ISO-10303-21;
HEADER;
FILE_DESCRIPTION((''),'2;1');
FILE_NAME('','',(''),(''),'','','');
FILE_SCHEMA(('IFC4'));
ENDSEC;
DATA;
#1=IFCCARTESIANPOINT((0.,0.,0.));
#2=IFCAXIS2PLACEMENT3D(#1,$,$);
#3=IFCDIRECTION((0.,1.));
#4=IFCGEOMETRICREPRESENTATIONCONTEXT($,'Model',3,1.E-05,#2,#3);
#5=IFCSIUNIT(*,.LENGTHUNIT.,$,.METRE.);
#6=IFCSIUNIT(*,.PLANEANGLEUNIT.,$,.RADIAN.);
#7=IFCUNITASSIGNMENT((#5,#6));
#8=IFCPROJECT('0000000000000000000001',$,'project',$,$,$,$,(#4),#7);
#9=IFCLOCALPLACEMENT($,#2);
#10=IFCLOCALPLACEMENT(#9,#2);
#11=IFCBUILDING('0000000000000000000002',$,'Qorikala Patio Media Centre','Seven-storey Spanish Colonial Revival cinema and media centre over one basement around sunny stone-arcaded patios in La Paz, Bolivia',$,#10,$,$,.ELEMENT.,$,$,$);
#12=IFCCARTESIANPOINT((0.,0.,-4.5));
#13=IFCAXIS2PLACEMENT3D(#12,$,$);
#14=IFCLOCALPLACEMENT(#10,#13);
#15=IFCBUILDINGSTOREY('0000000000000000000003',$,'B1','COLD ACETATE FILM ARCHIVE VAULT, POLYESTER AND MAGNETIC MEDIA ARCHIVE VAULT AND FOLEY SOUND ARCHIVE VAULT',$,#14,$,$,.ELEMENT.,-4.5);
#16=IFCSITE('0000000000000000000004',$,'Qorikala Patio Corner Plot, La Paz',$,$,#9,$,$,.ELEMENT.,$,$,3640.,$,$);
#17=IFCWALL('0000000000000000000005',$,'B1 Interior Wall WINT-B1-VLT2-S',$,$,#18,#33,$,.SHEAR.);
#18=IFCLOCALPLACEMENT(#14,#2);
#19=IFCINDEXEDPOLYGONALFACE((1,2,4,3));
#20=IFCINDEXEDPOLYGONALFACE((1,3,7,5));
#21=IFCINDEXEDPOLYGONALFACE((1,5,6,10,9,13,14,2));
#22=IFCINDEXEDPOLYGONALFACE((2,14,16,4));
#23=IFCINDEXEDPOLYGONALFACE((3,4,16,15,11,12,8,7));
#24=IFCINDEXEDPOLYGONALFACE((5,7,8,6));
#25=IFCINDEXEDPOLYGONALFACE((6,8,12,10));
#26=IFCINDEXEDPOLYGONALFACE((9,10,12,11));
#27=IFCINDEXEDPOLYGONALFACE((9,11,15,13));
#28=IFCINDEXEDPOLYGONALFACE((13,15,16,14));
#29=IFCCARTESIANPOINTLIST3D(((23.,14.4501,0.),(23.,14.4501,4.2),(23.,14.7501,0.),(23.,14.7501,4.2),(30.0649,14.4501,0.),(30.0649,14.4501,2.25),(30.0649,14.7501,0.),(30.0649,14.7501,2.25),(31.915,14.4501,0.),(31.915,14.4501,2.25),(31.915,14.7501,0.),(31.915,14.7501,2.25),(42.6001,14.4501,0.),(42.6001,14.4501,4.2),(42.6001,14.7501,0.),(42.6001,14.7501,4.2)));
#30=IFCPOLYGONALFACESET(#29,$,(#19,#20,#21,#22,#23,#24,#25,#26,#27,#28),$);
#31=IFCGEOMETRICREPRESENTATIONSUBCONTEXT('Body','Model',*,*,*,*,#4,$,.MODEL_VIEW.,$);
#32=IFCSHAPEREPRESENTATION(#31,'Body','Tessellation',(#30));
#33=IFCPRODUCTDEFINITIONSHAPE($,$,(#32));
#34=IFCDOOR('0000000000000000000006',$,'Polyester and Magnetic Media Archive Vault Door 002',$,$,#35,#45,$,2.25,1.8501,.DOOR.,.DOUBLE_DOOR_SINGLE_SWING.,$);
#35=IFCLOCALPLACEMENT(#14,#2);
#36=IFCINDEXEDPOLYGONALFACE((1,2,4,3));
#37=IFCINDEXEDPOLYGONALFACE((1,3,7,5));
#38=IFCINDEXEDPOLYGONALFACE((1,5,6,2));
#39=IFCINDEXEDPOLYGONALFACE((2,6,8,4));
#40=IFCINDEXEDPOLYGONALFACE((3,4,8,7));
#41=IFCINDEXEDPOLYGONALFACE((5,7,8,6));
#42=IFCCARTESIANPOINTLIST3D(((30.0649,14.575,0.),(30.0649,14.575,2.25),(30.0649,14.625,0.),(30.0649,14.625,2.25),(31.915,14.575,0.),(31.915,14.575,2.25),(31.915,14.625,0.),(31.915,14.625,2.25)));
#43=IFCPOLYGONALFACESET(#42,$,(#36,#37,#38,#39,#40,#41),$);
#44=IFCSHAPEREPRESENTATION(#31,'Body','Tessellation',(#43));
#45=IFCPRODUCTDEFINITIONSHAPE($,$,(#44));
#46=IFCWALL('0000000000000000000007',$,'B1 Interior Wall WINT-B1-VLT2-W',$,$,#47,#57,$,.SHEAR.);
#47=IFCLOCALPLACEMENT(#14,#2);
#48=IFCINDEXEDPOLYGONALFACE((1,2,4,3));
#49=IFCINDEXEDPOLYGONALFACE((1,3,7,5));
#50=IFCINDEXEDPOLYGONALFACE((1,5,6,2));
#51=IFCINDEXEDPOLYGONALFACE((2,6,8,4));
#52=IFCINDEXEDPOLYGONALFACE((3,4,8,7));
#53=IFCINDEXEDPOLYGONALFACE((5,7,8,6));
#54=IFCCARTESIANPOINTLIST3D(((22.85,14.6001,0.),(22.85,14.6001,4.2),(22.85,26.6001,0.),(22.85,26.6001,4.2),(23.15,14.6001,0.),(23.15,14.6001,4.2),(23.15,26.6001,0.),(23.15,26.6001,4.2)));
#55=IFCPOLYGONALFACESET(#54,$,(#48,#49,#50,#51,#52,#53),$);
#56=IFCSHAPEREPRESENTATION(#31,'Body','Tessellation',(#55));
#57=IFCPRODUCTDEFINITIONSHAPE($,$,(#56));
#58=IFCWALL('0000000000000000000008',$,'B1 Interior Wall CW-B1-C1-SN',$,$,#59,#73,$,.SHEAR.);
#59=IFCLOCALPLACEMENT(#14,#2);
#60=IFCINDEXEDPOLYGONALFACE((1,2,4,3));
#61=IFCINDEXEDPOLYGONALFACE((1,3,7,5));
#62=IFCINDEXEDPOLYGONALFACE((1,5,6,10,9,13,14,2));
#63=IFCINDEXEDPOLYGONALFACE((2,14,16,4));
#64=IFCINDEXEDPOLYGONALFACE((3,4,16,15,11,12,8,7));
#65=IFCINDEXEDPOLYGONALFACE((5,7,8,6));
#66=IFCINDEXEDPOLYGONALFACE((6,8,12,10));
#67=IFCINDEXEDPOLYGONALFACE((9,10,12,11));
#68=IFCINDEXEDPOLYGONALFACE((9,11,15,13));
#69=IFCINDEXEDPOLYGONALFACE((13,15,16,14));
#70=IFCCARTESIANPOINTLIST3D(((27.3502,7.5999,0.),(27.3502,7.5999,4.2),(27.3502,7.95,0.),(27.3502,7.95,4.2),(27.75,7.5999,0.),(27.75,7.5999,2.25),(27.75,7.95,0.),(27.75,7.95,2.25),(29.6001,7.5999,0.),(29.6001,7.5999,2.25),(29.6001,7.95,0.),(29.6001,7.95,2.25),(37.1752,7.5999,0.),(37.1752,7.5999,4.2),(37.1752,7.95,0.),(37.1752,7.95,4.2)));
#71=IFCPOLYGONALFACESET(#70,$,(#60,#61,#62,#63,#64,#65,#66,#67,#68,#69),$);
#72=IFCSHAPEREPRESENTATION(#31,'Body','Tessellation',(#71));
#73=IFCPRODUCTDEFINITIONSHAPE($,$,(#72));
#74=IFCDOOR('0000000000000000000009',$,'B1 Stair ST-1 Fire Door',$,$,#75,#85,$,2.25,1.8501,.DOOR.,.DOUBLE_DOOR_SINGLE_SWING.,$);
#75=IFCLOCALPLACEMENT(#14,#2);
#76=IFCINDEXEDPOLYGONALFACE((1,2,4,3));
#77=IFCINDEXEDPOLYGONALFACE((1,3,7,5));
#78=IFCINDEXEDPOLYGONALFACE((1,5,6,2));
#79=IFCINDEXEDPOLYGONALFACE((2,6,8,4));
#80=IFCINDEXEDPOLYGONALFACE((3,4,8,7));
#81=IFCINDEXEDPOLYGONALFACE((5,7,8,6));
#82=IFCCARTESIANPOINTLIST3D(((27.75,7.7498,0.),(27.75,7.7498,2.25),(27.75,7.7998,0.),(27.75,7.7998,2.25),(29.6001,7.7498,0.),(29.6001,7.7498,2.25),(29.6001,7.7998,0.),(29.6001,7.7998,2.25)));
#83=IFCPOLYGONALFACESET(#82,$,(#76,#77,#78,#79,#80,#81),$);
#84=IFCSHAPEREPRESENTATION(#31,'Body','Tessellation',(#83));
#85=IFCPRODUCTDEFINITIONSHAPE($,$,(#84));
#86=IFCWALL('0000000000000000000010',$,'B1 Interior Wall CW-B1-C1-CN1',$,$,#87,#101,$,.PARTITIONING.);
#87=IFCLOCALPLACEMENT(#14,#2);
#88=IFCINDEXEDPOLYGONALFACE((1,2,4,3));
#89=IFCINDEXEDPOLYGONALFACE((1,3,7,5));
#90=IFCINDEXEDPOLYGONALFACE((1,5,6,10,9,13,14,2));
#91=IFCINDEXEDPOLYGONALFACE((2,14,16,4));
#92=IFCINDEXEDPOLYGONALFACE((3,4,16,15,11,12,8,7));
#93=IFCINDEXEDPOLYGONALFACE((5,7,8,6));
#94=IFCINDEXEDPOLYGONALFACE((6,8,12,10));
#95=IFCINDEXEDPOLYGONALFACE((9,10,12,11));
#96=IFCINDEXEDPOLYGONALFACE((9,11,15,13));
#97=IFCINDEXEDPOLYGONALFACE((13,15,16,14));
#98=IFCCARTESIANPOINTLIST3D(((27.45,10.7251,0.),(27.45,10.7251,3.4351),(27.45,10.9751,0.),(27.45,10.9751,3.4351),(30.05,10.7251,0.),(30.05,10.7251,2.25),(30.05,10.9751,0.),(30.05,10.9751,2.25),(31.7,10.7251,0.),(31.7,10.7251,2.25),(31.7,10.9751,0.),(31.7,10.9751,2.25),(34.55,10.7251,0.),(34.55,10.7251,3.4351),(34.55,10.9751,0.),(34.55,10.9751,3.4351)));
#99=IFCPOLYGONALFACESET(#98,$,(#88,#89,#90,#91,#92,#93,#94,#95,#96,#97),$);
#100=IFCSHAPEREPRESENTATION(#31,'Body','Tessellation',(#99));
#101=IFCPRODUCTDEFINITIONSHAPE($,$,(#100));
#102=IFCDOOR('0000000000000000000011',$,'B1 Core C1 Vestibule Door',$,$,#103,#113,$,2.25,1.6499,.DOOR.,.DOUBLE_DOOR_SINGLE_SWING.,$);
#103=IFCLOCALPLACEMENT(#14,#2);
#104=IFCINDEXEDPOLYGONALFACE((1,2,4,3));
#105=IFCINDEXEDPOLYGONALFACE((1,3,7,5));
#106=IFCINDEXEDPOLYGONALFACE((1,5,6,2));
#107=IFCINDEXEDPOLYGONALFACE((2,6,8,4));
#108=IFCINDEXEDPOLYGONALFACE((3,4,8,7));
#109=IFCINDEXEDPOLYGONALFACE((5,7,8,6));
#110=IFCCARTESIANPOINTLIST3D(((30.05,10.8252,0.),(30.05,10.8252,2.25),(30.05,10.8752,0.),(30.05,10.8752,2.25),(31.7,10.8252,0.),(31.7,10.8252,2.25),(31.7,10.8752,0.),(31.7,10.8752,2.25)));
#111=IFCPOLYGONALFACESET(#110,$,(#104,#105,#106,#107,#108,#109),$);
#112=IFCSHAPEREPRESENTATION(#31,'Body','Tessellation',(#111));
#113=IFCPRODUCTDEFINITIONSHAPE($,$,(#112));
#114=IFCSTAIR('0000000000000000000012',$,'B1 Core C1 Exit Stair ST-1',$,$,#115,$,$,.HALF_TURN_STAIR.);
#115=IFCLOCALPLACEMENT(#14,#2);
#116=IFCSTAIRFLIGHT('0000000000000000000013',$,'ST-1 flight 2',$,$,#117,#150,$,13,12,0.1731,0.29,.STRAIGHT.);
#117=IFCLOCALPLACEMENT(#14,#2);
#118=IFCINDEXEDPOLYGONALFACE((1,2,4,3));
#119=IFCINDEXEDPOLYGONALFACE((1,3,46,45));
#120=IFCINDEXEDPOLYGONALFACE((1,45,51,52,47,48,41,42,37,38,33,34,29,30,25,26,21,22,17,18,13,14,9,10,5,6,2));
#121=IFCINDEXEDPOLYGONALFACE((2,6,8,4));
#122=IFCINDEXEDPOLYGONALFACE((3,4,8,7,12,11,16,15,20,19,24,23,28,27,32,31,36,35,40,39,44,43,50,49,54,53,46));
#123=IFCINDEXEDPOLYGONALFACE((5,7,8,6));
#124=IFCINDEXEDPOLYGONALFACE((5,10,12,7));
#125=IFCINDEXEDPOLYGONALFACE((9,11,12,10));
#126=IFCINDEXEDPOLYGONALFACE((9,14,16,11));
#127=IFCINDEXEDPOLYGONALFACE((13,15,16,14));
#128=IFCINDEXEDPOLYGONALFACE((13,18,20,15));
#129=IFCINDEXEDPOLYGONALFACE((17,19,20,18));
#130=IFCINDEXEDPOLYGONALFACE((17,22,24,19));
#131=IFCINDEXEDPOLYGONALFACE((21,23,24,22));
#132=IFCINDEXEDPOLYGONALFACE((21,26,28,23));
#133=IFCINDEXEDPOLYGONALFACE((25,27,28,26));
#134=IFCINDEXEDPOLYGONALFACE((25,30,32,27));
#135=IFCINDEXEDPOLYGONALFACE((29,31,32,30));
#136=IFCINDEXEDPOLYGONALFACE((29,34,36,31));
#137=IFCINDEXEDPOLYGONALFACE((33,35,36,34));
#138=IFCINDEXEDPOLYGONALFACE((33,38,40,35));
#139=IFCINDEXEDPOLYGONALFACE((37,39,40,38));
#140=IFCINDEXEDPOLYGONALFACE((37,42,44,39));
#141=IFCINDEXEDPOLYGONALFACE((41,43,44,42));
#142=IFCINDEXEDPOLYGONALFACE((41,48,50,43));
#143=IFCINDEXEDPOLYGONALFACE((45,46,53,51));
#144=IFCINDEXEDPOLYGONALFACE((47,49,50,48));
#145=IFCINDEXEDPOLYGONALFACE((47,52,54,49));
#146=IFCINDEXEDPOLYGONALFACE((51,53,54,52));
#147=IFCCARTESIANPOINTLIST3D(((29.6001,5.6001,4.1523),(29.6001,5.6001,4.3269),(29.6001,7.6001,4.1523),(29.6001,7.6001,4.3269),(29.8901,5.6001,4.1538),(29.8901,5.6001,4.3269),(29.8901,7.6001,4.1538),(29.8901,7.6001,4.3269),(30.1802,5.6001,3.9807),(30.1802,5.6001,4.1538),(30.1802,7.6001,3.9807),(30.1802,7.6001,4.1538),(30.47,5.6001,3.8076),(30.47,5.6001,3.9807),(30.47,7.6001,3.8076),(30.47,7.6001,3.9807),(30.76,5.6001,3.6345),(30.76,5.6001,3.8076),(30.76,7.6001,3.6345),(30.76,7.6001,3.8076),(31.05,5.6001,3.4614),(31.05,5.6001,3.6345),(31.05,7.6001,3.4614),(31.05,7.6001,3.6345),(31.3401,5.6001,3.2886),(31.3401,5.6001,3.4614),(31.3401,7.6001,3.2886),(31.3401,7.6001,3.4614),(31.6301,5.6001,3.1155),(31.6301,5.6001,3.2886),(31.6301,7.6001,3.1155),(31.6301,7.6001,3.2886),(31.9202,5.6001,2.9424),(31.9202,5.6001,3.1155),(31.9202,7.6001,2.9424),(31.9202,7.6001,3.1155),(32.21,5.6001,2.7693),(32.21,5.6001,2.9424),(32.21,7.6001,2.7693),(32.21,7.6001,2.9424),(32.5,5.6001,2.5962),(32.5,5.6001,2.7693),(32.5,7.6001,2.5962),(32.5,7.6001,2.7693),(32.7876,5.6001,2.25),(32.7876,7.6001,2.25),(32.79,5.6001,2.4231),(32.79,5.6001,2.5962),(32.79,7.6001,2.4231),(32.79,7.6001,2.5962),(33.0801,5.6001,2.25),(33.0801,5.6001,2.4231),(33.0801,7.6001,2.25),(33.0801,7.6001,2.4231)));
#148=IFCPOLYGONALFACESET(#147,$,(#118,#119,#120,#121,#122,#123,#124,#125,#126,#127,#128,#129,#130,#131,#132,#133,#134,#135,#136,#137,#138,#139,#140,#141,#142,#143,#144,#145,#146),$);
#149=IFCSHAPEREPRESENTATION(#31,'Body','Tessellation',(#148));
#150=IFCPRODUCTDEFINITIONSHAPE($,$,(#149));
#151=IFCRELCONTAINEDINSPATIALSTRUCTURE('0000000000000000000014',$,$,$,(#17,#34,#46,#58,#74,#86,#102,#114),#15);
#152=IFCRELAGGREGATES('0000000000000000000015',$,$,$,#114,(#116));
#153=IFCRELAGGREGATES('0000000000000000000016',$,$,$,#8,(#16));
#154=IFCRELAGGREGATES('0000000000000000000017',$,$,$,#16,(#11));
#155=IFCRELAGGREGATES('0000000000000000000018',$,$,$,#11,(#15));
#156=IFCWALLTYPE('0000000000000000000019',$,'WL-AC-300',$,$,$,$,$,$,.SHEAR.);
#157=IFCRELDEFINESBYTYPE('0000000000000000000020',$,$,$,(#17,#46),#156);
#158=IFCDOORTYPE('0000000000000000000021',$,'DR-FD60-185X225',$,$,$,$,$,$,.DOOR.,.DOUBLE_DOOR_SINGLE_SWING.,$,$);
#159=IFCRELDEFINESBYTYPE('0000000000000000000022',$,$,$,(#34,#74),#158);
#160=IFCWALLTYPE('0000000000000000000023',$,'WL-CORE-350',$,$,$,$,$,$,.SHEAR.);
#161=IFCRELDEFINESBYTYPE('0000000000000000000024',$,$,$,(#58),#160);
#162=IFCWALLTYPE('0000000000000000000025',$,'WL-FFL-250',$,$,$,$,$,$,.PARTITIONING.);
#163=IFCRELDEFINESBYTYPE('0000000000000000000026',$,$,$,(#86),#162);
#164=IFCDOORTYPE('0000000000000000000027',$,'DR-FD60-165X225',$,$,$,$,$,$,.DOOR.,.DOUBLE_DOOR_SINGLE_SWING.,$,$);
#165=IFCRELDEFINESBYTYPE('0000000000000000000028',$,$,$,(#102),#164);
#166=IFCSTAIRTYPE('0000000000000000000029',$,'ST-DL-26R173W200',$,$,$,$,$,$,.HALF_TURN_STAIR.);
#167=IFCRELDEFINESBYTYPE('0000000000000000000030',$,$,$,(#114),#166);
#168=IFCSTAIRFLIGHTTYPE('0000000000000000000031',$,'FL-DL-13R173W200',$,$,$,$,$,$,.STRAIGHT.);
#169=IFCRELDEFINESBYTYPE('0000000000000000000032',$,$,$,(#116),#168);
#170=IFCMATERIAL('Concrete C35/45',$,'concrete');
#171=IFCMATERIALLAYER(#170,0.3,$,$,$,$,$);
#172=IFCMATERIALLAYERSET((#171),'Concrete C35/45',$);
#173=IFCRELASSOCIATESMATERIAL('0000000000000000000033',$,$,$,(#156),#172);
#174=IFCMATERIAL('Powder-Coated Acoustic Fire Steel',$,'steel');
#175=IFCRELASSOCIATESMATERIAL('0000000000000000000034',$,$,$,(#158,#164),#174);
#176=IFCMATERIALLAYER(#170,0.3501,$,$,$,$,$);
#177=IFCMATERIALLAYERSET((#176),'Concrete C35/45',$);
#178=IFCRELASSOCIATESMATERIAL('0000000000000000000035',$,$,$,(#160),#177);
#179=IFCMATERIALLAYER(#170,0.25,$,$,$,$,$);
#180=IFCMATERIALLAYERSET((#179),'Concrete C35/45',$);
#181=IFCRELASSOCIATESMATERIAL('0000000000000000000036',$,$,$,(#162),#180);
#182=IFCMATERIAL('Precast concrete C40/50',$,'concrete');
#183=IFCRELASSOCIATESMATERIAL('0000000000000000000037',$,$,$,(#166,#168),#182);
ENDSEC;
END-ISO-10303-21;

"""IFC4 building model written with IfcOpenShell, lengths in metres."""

from ifc_helpers import new_model, si_unit, direction, frame, frame_2d, origin, place, context, subcontext, project, spatial, polyline, rectangle, outline, extrude, material, layer, layer_set, type_object, element, fill, aggregate, save


model = new_model("IFC4")

# Units and contexts
model_context = context("Model", 3, precision=1e-05, world=origin(), true_north=direction((0.0, 1.0)))
body_context = subcontext(model_context, "Body", "Model", "MODEL_VIEW")
ifc_project = project(units=[si_unit("LENGTHUNIT", "METRE"), si_unit("PLANEANGLEUNIT", "RADIAN")], contexts=[model_context])

# Site, building, storey
site_placement = place(None, origin())
site = spatial("IfcSite", under=ifc_project, at=site_placement, Name="Qorikala Patio Corner Plot, La Paz", CompositionType="ELEMENT", RefElevation=3640.0)
building_placement = place(site_placement, origin())
building = spatial("IfcBuilding", under=site, at=building_placement, Name="Qorikala Patio Media Centre", Description="Seven-storey Spanish Colonial Revival cinema and media centre over one basement around sunny stone-arcaded patios in La Paz, Bolivia", CompositionType="ELEMENT")
storey_placement = place(building_placement, frame((0.0, 0.0, -4.5)))
storey = spatial("IfcBuildingStorey", under=building, at=storey_placement, Name="B1", Description="COLD ACETATE FILM ARCHIVE VAULT, POLYESTER AND MAGNETIC MEDIA ARCHIVE VAULT AND FOLEY SOUND ARCHIVE VAULT", CompositionType="ELEMENT", Elevation=-4.5)

# Shared definitions
ifc_material_1 = material(Name="Concrete C35/45", Category="concrete")

# Wall, opening, door
ifc_layer_1 = layer(ifc_material_1, 0.3)
ifc_layer_set_1 = layer_set([ifc_layer_1], Name="Concrete C35/45")
wall_type_1 = type_object("IfcWallType", Name="WL-AC-300", PredefinedType="SHEAR", material=ifc_layer_set_1)
wall_1_placement = place(storey_placement, frame((23.0, 14.6001, 0.0), z_axis=(0.0, 0.0, 1.0), x_axis=(1.0, 0.0, 0.0)))
wall_1 = element("IfcWall", 1, at=wall_1_placement, inside=storey, type_object=wall_type_1, Name="B1 Interior Wall WINT-B1-VLT2-S", PredefinedType="SHEAR", context=body_context, shape_type="SweptSolid", body=[
    extrude(rectangle(XDim=19.6001, YDim=0.3, at=frame_2d((9.8, 0.0))), origin(), (0.0, 0.0, 1.0), 4.2),
])
opening_1_placement = place(wall_1_placement, frame((7.0649, 0.0, 0.0)))
opening_1 = element("IfcOpeningElement", 2, at=opening_1_placement, cuts=wall_1, PredefinedType="OPENING", context=body_context, shape_type="SweptSolid", body=[
    extrude(rectangle(XDim=1.8501, YDim=2.25, at=frame_2d((0.925, 1.125))), frame((0.0, 0.1599, 0.0), z_axis=(0.0, -1.0, 0.0), x_axis=(1.0, 0.0, 0.0)), (0.0, 0.0, 1.0), 0.3201),
])
ifc_material_2 = material(Name="Powder-Coated Acoustic Fire Steel", Category="steel")
door_type_1 = type_object("IfcDoorType", Name="DR-FD60-185X225", OperationType="DOUBLE_DOOR_SINGLE_SWING", PredefinedType="DOOR", material=ifc_material_2)
door_1_placement = place(opening_1_placement, origin())
door_1 = element("IfcDoor", 3, at=door_1_placement, inside=storey, type_object=door_type_1, Name="Polyester and Magnetic Media Archive Vault Door 002", OperationType="DOUBLE_DOOR_SINGLE_SWING", OverallHeight=2.25, OverallWidth=1.8501, PredefinedType="DOOR", context=body_context, shape_type="SweptSolid", body=[
    extrude(rectangle(XDim=1.8501, YDim=2.25, at=frame_2d((0.925, 1.125))), frame((0.0, 0.0249, 0.0), z_axis=(0.0, -1.0, 0.0), x_axis=(1.0, 0.0, 0.0)), (0.0, 0.0, 1.0), 0.05),
])
fill(opening_1, door_1)

# Wall
wall_2_placement = place(storey_placement, frame((23.0, 14.6001, 0.0), z_axis=(0.0, 0.0, 1.0), x_axis=(0.0, 1.0, 0.0)))
element("IfcWall", 4, at=wall_2_placement, inside=storey, type_object=wall_type_1, Name="B1 Interior Wall WINT-B1-VLT2-W", PredefinedType="SHEAR", context=body_context, shape_type="SweptSolid", body=[
    extrude(rectangle(XDim=12.0, YDim=0.3, at=frame_2d((6.0, 0.0))), origin(), (0.0, 0.0, 1.0), 4.2),
])

# Walls, openings, doors
ifc_layer_2 = layer(ifc_material_1, 0.3501)
ifc_layer_set_2 = layer_set([ifc_layer_2], Name="Concrete C35/45")
wall_type_2 = type_object("IfcWallType", Name="WL-CORE-350", PredefinedType="SHEAR", material=ifc_layer_set_2)
wall_3_placement = place(storey_placement, frame((27.3501, 7.7749, 0.0), z_axis=(0.0, 0.0, 1.0), x_axis=(1.0, 0.0, 0.0)))
wall_3 = element("IfcWall", 5, at=wall_3_placement, inside=storey, type_object=wall_type_2, Name="B1 Interior Wall CW-B1-C1-SN", PredefinedType="SHEAR", context=body_context, shape_type="SweptSolid", body=[
    extrude(rectangle(XDim=9.825, YDim=0.3501, at=frame_2d((4.9126, 0.0))), origin(), (0.0, 0.0, 1.0), 4.2),
])
opening_2_placement = place(wall_3_placement, frame((0.3999, 0.0, 0.0)))
opening_2 = element("IfcOpeningElement", 6, at=opening_2_placement, cuts=wall_3, PredefinedType="OPENING", context=body_context, shape_type="SweptSolid", body=[
    extrude(rectangle(XDim=1.8501, YDim=2.25, at=frame_2d((0.925, 1.125))), frame((0.0, 0.1851, 0.0), z_axis=(0.0, -1.0, 0.0), x_axis=(1.0, 0.0, 0.0)), (0.0, 0.0, 1.0), 0.3701),
])
door_2_placement = place(opening_2_placement, origin())
door_2 = element("IfcDoor", 7, at=door_2_placement, inside=storey, type_object=door_type_1, Name="B1 Stair ST-1 Fire Door", OperationType="DOUBLE_DOOR_SINGLE_SWING", OverallHeight=2.25, OverallWidth=1.8501, PredefinedType="DOOR", context=body_context, shape_type="SweptSolid", body=[
    extrude(rectangle(XDim=1.8501, YDim=2.25, at=frame_2d((0.925, 1.125))), frame((0.0, 0.0249, 0.0), z_axis=(0.0, -1.0, 0.0), x_axis=(1.0, 0.0, 0.0)), (0.0, 0.0, 1.0), 0.05),
])
fill(opening_2, door_2)
ifc_layer_3 = layer(ifc_material_1, 0.25)
ifc_layer_set_3 = layer_set([ifc_layer_3], Name="Concrete C35/45")
wall_type_3 = type_object("IfcWallType", Name="WL-FFL-250", PredefinedType="PARTITIONING", material=ifc_layer_set_3)
wall_4_placement = place(storey_placement, frame((27.45, 10.8501, 0.0), z_axis=(0.0, 0.0, 1.0), x_axis=(1.0, 0.0, 0.0)))
wall_4 = element("IfcWall", 8, at=wall_4_placement, inside=storey, type_object=wall_type_3, Name="B1 Interior Wall CW-B1-C1-CN1", PredefinedType="PARTITIONING", context=body_context, shape_type="SweptSolid", body=[
    extrude(rectangle(XDim=7.1001, YDim=0.25, at=frame_2d((3.55, 0.0))), origin(), (0.0, 0.0, 1.0), 3.4351),
])
opening_3_placement = place(wall_4_placement, frame((2.6001, 0.0, 0.0)))
opening_3 = element("IfcOpeningElement", 9, at=opening_3_placement, cuts=wall_4, PredefinedType="OPENING", context=body_context, shape_type="SweptSolid", body=[
    extrude(rectangle(XDim=1.6499, YDim=2.25, at=frame_2d((0.825, 1.125))), frame((0.0, 0.135, 0.0), z_axis=(0.0, -1.0, 0.0), x_axis=(1.0, 0.0, 0.0)), (0.0, 0.0, 1.0), 0.27),
])
door_type_2 = type_object("IfcDoorType", Name="DR-FD60-165X225", OperationType="DOUBLE_DOOR_SINGLE_SWING", PredefinedType="DOOR", material=ifc_material_2)
door_3_placement = place(opening_3_placement, frame((1.6499, 0.0, 0.0), z_axis=(0.0, 0.0, 1.0), x_axis=(-1.0, 0.0, 0.0)))
door_3 = element("IfcDoor", 10, at=door_3_placement, inside=storey, type_object=door_type_2, Name="B1 Core C1 Vestibule Door", OperationType="DOUBLE_DOOR_SINGLE_SWING", OverallHeight=2.25, OverallWidth=1.6499, PredefinedType="DOOR", context=body_context, shape_type="SweptSolid", body=[
    extrude(rectangle(XDim=1.6499, YDim=2.25, at=frame_2d((0.825, 1.125))), frame((0.0, 0.0249, 0.0), z_axis=(0.0, -1.0, 0.0), x_axis=(1.0, 0.0, 0.0)), (0.0, 0.0, 1.0), 0.05),
])
fill(opening_3, door_3)

# Stair, stair flight
ifc_material_3 = material(Name="Precast concrete C40/50", Category="concrete")
stair_type = type_object("IfcStairType", Name="ST-DL-26R173W200", PredefinedType="HALF_TURN_STAIR", material=ifc_material_3)
stair_placement = place(storey_placement, origin())
stair = element("IfcStair", 11, at=stair_placement, inside=storey, type_object=stair_type, Name="B1 Core C1 Exit Stair ST-1", PredefinedType="HALF_TURN_STAIR")
stair_flight_type = type_object("IfcStairFlightType", Name="FL-DL-13R173W200", PredefinedType="STRAIGHT", material=ifc_material_3)
stair_flight_placement = place(storey_placement, frame((33.0801, 6.6001, 2.25), z_axis=(0.0, 0.0, 1.0), x_axis=(-1.0, 0.0, 0.0)))
stair_flight = element("IfcStairFlight", 12, at=stair_flight_placement, type_object=stair_flight_type, Name="ST-1 flight 2", NumberOfRisers=13, NumberOfTreads=12, PredefinedType="STRAIGHT", RiserHeight=0.1731, TreadLength=0.29, context=body_context, shape_type="SweptSolid", body=[
    extrude(outline(polyline([(0.0, 0.0), (0.0, 0.1731), (0.29, 0.1731), (0.29, 0.3462), (0.5801, 0.3462), (0.5801, 0.5193), (0.8701, 0.5193), (0.8701, 0.6924), (1.1599, 0.6924), (1.1599, 0.8655), (1.45, 0.8655), (1.45, 1.0386), (1.74, 1.0386), (1.74, 1.2114), (2.03, 1.2114), (2.03, 1.3845), (2.3201, 1.3845), (2.3201, 1.5576), (2.6101, 1.5576), (2.6101, 1.7307), (2.8999, 1.7307), (2.8999, 1.9038), (3.1899, 1.9038), (3.1899, 2.0769), (3.48, 2.0769), (3.48, 2.25), (3.48, 1.9023), (0.2925, 0.0), (0.0, 0.0)])), frame((0.0, 1.0, 0.0), z_axis=(0.0, -1.0, 0.0), x_axis=(1.0, 0.0, 0.0)), (0.0, 0.0, 1.0), 2.0),
])
aggregate(stair, [stair_flight])

save(model, "model.ifc")
